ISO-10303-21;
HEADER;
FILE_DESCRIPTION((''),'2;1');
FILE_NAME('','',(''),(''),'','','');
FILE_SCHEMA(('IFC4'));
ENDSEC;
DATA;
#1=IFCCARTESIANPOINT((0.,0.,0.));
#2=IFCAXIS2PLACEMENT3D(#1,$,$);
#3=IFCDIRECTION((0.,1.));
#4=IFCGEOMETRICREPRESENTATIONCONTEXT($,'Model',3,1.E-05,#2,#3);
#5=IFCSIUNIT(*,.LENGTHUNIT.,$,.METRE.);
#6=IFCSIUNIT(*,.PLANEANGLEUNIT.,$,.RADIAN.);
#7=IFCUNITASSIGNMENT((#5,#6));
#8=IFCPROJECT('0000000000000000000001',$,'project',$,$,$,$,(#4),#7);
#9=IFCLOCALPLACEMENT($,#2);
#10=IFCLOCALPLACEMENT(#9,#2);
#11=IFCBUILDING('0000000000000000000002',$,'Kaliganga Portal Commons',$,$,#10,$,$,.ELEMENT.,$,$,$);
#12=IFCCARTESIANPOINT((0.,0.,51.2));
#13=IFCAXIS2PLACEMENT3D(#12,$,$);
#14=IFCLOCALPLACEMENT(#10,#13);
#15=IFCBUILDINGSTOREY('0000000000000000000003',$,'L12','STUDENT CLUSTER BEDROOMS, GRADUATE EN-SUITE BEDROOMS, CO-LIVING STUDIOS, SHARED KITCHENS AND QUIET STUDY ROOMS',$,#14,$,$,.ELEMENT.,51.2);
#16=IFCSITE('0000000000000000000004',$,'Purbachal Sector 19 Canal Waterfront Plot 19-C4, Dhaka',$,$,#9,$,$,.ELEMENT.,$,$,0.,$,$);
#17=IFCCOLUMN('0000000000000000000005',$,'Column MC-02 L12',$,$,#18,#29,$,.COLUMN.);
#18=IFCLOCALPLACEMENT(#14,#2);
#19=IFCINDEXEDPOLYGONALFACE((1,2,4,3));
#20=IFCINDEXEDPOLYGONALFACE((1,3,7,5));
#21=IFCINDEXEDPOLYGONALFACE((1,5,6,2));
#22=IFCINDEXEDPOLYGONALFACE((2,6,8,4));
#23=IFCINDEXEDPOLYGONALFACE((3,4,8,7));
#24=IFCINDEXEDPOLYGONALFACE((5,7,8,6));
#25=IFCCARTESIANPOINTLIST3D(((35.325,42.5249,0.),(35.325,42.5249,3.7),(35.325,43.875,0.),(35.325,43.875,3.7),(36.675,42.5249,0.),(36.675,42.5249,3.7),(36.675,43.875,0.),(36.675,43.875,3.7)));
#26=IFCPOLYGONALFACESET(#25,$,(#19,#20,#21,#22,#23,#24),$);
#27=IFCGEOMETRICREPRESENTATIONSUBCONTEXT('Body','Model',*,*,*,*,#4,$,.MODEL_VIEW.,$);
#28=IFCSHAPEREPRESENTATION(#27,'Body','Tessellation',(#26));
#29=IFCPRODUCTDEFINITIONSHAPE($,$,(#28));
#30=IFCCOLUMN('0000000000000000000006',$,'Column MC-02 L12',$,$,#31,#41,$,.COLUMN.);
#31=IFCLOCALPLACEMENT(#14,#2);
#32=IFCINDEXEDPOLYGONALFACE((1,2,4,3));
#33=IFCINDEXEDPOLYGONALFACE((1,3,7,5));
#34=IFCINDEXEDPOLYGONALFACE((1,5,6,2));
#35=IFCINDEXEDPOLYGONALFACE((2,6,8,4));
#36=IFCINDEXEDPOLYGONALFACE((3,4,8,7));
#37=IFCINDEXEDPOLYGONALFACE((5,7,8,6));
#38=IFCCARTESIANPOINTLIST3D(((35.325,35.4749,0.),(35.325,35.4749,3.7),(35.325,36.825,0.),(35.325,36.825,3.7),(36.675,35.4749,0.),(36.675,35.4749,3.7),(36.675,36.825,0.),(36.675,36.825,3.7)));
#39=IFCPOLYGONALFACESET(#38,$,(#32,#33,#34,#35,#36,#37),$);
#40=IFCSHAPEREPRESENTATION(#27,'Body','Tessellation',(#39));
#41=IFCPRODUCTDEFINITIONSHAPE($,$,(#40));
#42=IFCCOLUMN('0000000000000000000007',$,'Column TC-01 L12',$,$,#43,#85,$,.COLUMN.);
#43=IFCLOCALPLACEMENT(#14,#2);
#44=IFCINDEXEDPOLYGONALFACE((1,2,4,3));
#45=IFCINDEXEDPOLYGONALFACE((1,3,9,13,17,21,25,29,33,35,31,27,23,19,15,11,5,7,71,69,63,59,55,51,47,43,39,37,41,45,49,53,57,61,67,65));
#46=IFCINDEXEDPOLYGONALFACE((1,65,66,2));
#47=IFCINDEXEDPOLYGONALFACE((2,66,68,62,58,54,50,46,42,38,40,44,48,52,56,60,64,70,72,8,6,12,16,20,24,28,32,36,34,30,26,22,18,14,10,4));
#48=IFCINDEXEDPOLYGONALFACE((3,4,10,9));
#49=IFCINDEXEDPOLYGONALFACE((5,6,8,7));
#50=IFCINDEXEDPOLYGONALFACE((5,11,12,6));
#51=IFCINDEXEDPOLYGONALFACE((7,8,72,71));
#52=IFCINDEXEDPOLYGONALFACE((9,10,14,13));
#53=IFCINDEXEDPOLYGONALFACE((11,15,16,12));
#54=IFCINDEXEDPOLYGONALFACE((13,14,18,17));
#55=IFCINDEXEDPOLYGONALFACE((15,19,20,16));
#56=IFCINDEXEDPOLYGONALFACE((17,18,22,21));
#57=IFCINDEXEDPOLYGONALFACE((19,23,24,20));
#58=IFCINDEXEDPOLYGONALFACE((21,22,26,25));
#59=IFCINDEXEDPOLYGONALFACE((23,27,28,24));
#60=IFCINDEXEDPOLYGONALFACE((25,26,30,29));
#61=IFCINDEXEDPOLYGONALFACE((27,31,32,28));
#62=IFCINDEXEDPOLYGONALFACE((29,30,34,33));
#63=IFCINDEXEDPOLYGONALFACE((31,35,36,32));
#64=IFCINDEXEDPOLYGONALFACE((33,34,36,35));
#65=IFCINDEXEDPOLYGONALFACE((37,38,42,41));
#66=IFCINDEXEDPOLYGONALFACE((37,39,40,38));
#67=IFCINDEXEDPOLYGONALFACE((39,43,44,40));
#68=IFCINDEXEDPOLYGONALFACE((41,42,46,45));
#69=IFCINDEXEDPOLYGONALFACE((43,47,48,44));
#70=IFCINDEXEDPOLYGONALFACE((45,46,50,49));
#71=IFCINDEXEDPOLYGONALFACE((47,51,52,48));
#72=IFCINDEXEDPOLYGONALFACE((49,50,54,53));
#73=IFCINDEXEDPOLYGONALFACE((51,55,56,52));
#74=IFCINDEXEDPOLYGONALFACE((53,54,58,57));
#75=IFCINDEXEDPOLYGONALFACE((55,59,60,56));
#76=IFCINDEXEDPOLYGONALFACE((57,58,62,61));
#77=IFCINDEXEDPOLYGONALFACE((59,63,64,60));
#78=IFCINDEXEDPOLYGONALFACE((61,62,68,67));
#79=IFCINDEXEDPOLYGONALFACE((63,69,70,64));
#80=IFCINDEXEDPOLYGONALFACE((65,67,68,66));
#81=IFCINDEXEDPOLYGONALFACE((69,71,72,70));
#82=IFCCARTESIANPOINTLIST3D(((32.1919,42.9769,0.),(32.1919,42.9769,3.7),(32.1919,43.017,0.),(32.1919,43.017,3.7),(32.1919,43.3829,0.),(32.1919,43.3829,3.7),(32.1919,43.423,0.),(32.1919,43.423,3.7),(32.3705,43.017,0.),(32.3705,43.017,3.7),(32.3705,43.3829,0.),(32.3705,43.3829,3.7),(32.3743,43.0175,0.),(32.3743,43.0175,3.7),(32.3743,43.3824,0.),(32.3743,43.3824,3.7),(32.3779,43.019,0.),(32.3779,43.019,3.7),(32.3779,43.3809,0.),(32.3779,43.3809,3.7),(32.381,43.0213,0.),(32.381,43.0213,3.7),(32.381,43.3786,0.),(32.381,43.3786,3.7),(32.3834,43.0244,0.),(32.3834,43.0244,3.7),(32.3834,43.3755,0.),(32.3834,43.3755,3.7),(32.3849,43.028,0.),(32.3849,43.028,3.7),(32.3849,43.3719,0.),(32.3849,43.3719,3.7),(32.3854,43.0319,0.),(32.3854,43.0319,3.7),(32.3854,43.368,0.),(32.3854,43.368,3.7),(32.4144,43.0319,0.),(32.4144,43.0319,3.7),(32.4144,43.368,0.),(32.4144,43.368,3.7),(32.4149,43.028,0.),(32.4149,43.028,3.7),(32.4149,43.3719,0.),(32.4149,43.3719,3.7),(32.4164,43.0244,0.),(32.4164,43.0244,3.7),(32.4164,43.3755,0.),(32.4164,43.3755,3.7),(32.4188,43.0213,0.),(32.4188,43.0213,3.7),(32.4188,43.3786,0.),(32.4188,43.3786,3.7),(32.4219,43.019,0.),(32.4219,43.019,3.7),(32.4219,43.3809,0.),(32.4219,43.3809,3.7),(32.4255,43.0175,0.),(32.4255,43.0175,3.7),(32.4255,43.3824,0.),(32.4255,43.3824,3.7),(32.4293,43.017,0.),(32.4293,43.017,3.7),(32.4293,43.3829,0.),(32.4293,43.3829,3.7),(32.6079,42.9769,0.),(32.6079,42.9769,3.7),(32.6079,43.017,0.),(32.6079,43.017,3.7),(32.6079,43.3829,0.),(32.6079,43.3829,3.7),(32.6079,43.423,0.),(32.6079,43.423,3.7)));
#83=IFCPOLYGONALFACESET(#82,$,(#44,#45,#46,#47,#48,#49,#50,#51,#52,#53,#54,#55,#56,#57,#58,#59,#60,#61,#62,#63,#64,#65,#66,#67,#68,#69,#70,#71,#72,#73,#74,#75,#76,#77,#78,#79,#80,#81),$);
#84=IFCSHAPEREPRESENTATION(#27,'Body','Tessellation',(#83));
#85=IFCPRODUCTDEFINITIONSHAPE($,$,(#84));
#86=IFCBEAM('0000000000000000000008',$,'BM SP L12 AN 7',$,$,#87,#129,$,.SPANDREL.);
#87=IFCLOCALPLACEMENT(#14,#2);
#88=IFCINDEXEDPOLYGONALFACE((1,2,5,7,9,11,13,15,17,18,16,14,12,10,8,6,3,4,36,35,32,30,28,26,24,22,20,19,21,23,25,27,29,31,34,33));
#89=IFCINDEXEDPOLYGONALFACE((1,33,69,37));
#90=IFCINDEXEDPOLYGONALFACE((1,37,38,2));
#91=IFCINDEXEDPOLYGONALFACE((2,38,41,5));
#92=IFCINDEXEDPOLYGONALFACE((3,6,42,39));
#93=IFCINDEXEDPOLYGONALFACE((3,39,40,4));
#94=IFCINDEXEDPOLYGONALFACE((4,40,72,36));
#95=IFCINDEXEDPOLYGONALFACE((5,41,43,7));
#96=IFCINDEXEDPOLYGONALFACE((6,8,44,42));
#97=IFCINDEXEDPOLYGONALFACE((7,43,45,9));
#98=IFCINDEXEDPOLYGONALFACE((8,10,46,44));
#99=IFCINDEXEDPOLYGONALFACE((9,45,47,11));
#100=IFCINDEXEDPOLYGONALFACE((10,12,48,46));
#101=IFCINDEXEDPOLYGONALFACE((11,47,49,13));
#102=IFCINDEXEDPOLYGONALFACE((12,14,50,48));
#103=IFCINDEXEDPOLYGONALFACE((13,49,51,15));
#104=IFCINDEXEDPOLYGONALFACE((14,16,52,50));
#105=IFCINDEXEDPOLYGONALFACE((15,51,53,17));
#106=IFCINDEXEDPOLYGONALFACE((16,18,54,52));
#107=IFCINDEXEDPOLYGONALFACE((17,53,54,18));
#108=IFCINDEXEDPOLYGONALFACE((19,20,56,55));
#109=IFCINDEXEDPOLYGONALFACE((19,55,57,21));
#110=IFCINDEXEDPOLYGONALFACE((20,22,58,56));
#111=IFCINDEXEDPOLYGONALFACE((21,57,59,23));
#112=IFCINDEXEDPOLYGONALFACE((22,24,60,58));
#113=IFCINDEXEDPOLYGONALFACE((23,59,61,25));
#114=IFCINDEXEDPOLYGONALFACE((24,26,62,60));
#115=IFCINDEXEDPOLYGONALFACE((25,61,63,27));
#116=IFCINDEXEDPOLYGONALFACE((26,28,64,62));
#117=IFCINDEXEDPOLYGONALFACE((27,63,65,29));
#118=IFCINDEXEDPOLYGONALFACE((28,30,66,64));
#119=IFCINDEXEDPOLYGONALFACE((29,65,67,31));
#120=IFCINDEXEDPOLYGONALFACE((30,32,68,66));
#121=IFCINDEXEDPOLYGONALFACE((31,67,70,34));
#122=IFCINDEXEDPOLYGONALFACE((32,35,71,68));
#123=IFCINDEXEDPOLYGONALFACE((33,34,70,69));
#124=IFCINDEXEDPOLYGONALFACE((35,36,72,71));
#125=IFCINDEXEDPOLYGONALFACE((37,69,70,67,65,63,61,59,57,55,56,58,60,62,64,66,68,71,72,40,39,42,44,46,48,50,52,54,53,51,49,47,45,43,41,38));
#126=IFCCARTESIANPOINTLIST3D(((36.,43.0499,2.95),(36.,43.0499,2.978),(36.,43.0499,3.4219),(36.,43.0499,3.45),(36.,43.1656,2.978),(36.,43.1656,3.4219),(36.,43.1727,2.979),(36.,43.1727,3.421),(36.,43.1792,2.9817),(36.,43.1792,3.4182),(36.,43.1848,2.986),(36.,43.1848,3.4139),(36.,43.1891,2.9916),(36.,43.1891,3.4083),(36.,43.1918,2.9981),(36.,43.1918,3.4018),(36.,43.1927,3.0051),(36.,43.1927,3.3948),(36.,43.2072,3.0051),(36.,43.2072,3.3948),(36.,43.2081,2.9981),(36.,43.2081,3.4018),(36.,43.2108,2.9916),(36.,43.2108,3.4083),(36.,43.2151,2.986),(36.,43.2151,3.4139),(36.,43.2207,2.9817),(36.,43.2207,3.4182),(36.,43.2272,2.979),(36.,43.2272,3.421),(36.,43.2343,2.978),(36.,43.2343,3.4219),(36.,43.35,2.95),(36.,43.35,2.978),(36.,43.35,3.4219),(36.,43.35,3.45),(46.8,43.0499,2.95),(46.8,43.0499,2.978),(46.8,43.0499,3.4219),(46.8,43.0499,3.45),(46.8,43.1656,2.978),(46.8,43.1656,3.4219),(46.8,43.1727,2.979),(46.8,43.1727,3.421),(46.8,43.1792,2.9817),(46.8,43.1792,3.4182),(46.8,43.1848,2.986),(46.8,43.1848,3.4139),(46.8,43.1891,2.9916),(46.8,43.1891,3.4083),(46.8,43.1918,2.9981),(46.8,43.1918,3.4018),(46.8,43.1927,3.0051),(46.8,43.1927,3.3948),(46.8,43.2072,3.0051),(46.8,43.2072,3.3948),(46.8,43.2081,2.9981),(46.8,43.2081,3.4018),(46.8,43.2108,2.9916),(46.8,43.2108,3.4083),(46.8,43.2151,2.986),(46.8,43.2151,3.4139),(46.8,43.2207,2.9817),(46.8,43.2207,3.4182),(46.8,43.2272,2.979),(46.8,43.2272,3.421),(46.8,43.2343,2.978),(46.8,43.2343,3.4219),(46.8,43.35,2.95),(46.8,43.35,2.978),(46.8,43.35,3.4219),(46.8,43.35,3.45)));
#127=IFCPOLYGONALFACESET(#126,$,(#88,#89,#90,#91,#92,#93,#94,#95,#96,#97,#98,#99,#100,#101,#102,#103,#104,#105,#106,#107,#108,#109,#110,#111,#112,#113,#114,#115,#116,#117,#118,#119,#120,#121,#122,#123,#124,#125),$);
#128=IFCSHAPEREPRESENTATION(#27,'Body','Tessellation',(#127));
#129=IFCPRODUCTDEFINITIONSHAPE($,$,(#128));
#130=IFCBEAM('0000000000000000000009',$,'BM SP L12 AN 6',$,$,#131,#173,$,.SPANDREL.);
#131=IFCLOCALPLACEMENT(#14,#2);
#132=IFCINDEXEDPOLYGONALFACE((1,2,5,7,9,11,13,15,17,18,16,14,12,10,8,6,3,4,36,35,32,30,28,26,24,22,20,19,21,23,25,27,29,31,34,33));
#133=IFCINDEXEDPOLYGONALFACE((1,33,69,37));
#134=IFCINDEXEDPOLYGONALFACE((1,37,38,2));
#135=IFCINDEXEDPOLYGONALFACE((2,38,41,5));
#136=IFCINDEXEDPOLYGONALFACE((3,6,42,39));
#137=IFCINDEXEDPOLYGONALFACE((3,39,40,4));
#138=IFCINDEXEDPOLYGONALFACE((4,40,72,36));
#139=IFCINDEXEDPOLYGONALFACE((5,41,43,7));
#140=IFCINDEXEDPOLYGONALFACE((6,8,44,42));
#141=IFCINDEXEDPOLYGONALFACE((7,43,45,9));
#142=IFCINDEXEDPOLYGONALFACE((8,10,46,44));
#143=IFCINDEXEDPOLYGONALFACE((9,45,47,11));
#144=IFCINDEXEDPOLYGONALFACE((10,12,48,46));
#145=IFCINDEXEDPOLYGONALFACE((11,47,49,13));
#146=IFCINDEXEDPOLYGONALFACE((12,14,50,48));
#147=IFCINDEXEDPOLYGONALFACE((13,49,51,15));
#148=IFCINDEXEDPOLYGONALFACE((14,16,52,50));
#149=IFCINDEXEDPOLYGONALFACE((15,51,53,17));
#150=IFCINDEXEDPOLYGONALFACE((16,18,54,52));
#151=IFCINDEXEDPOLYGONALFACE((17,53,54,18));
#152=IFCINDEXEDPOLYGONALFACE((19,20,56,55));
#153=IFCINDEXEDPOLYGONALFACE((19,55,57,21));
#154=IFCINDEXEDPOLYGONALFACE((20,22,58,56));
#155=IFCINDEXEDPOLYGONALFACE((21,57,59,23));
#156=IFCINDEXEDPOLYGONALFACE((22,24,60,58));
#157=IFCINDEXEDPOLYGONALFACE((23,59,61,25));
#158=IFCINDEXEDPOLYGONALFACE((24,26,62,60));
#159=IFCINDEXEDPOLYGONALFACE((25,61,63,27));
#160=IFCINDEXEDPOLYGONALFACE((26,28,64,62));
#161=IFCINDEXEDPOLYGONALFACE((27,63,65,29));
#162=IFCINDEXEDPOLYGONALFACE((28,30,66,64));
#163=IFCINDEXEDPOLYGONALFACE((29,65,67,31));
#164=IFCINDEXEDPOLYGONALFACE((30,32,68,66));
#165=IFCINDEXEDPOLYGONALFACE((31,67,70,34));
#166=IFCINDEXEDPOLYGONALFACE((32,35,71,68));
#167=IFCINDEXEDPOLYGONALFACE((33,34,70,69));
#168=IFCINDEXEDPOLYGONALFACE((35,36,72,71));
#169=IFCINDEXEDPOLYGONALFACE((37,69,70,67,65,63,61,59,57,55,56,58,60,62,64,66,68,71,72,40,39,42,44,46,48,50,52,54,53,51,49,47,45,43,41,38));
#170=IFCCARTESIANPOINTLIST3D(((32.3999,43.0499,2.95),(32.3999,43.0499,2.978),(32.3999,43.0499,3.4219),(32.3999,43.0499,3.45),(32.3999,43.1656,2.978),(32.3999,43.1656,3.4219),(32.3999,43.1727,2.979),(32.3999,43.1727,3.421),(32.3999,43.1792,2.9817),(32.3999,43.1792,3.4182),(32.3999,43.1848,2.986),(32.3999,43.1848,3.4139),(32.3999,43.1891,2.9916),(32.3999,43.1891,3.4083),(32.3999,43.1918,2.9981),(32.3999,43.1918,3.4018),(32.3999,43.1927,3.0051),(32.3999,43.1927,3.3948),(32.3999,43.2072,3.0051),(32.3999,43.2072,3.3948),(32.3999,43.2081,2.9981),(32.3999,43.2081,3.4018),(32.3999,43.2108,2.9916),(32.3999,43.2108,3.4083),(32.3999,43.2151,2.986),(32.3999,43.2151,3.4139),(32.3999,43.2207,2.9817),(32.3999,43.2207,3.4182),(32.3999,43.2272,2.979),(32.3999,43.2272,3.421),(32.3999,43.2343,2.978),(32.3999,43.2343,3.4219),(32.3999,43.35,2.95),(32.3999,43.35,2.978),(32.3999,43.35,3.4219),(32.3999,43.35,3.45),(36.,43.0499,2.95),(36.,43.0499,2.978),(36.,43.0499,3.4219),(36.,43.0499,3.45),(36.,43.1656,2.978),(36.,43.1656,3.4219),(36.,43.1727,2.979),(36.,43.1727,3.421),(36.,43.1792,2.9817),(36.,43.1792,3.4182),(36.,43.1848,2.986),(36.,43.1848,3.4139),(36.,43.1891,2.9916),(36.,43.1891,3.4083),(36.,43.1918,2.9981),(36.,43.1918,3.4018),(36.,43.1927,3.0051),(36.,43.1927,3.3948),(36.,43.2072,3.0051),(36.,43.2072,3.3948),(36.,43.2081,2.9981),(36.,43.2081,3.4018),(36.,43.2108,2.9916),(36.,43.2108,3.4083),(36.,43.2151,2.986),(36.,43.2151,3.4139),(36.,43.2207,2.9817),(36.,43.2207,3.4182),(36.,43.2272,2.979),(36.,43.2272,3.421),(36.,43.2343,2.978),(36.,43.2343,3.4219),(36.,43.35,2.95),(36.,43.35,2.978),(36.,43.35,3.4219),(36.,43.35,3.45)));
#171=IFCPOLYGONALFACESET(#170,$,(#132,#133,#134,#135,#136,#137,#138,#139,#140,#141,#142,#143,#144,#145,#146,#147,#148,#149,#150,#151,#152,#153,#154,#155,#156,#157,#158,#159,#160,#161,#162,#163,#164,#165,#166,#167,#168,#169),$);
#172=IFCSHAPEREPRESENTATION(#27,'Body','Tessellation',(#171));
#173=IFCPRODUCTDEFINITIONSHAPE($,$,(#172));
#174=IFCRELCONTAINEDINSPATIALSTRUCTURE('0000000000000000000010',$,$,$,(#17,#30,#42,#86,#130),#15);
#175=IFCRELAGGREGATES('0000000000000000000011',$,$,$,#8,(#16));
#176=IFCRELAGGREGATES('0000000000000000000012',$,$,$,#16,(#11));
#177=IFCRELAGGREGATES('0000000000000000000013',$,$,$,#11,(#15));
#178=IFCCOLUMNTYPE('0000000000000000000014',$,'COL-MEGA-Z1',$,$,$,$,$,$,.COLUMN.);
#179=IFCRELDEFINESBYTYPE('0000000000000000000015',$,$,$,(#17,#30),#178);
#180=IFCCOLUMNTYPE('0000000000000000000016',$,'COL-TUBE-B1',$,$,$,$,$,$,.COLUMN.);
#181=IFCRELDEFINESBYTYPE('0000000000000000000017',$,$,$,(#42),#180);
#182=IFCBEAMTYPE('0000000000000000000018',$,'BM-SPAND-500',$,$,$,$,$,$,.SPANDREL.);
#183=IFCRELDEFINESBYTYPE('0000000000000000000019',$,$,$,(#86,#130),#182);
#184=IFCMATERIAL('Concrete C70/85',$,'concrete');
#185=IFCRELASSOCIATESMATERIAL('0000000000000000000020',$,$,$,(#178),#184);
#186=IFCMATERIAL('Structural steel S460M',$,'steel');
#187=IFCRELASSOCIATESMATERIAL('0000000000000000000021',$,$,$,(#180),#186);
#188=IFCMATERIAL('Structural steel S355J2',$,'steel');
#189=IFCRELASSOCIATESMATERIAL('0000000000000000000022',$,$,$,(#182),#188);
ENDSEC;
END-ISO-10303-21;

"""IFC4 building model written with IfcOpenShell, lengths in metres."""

from ifc_helpers import new_model, si_unit, direction, frame, origin, origin_2d, place, context, subcontext, project, spatial, rectangle, i_section, extrude, source, transform, mapped, material, material_profile, profile_set, type_object, element, save


model = new_model("IFC4")

# Units and contexts
model_context = context("Model", 3, precision=1e-05, world=origin(), true_north=direction((0.0, 1.0)))
body_context = subcontext(model_context, "Body", "Model", "MODEL_VIEW")
ifc_project = project(units=[si_unit("LENGTHUNIT", "METRE"), si_unit("PLANEANGLEUNIT", "RADIAN")], contexts=[model_context])

# Site, building, storey
site_placement = place(None, origin())
site = spatial("IfcSite", under=ifc_project, at=site_placement, Name="Purbachal Sector 19 Canal Waterfront Plot 19-C4, Dhaka", CompositionType="ELEMENT", RefElevation=0.0)
building_placement = place(site_placement, origin())
building = spatial("IfcBuilding", under=site, at=building_placement, Name="Kaliganga Portal Commons", CompositionType="ELEMENT")
storey_placement = place(building_placement, frame((0.0, 0.0, 51.2)))
storey = spatial("IfcBuildingStorey", under=building, at=storey_placement, Name="L12", Description="STUDENT CLUSTER BEDROOMS, GRADUATE EN-SUITE BEDROOMS, CO-LIVING STUDIOS, SHARED KITCHENS AND QUIET STUDY ROOMS", CompositionType="ELEMENT", Elevation=51.2)

# Columns
ifc_material_1 = material(Name="Concrete C70/85", Category="concrete")
ifc_material_profile_1 = material_profile(ifc_material_1, rectangle(XDim=1.3501, YDim=1.3501, at=origin_2d()), Name="RC 1350x1350")
ifc_profile_set_1 = profile_set([ifc_material_profile_1], Name="Concrete C70/85")
column_type_1 = type_object("IfcColumnType", Name="COL-MEGA-Z1", PredefinedType="COLUMN", material=ifc_profile_set_1)
shared_shape_1 = source(origin(), body_context, "Body", "SweptSolid", [
    extrude(rectangle(XDim=1.3501, YDim=1.3501, at=origin_2d()), origin(), (0.0, 0.0, 1.0), 3.7),
])
for number, where, z_axis, x_axis, name in (
    (1, (36.0, 43.2, 0.0), (0.0, 0.0, 1.0), (1.0, 0.0, 0.0), "Column MC-02 L12"),
    (2, (36.0, 36.1499, 0.0), (0.0, 0.0, 1.0), (1.0, 0.0, 0.0), "Column MC-02 L12"),
):
    element("IfcColumn", number, at=place(storey_placement, frame(where, z_axis=z_axis, x_axis=x_axis)), inside=storey, type_object=column_type_1, Name=name, PredefinedType="COLUMN", context=body_context, shape_type="MappedRepresentation", body=[
        mapped(shared_shape_1, transform((0.0, 0.0, 0.0), x_axis=(1.0, 0.0, 0.0), y_axis=(0.0, 1.0, 0.0), z_axis=(0.0, 0.0, 1.0), scale=1.0)),
    ])
ifc_material_2 = material(Name="Structural steel S460M", Category="steel")
ifc_material_profile_2 = material_profile(ifc_material_2, i_section(OverallWidth=0.416, OverallDepth=0.446, WebThickness=0.0291, FlangeThickness=0.04, FilletRadius=0.0149, at=origin_2d()), Name="HD 400x509")
ifc_profile_set_2 = profile_set([ifc_material_profile_2], Name="Structural steel S460M wide-flange")
column_type_2 = type_object("IfcColumnType", Name="COL-TUBE-B1", PredefinedType="COLUMN", material=ifc_profile_set_2)
shared_shape_2 = source(origin(), body_context, "Body", "SweptSolid", [
    extrude(i_section(OverallWidth=0.416, OverallDepth=0.446, WebThickness=0.0291, FlangeThickness=0.04, FilletRadius=0.0149, at=origin_2d()), origin(), (0.0, 0.0, 1.0), 3.7),
])
column_placement = place(storey_placement, frame((32.3999, 43.2, 0.0), z_axis=(0.0, 0.0, 1.0), x_axis=(1.0, 0.0, 0.0)))
element("IfcColumn", 3, at=column_placement, inside=storey, type_object=column_type_2, Name="Column TC-01 L12", PredefinedType="COLUMN", context=body_context, shape_type="MappedRepresentation", body=[
    mapped(shared_shape_2, transform((0.0, 0.0, 0.0), x_axis=(1.0, 0.0, 0.0), y_axis=(0.0, 1.0, 0.0), z_axis=(0.0, 0.0, 1.0), scale=1.0)),
])

# Beams
ifc_material_3 = material(Name="Structural steel S355J2", Category="steel")
ifc_material_profile_3 = material_profile(ifc_material_3, i_section(OverallWidth=0.3, OverallDepth=0.5, WebThickness=0.0144, FlangeThickness=0.0281, FilletRadius=0.0271, at=origin_2d()), Name="HE 500 B")
ifc_profile_set_3 = profile_set([ifc_material_profile_3], Name="Structural steel S355J2 wide-flange")
beam_type_1 = type_object("IfcBeamType", Name="BM-SPAND-500", PredefinedType="SPANDREL", material=ifc_profile_set_3)
shared_shape_3 = source(origin(), body_context, "Body", "SweptSolid", [
    extrude(i_section(OverallWidth=0.3, OverallDepth=0.5, WebThickness=0.0144, FlangeThickness=0.0281, FilletRadius=0.0271, at=origin_2d()), origin(), (0.0, 0.0, 1.0), 10.8),
])
beam_1_placement = place(storey_placement, frame((36.0, 43.2, 3.2), z_axis=(1.0, 0.0, 0.0), x_axis=(0.0, 1.0, 0.0)))
element("IfcBeam", 4, at=beam_1_placement, inside=storey, type_object=beam_type_1, Name="BM SP L12 AN 7", PredefinedType="SPANDREL", context=body_context, shape_type="MappedRepresentation", body=[
    mapped(shared_shape_3, transform((0.0, 0.0, 0.0), x_axis=(1.0, 0.0, 0.0), y_axis=(0.0, 1.0, 0.0), z_axis=(0.0, 0.0, 1.0), scale=1.0)),
])
shared_shape_4 = source(origin(), body_context, "Body", "SweptSolid", [
    extrude(i_section(OverallWidth=0.3, OverallDepth=0.5, WebThickness=0.0144, FlangeThickness=0.0281, FilletRadius=0.0271, at=origin_2d()), origin(), (0.0, 0.0, 1.0), 3.6001),
])
beam_2_placement = place(storey_placement, frame((32.3999, 43.2, 3.2), z_axis=(1.0, 0.0, 0.0), x_axis=(0.0, 1.0, 0.0)))
element("IfcBeam", 5, at=beam_2_placement, inside=storey, type_object=beam_type_1, Name="BM SP L12 AN 6", PredefinedType="SPANDREL", context=body_context, shape_type="MappedRepresentation", body=[
    mapped(shared_shape_4, transform((0.0, 0.0, 0.0), x_axis=(1.0, 0.0, 0.0), y_axis=(0.0, 1.0, 0.0), z_axis=(0.0, 0.0, 1.0), scale=1.0)),
])

save(model, "model.ifc")
